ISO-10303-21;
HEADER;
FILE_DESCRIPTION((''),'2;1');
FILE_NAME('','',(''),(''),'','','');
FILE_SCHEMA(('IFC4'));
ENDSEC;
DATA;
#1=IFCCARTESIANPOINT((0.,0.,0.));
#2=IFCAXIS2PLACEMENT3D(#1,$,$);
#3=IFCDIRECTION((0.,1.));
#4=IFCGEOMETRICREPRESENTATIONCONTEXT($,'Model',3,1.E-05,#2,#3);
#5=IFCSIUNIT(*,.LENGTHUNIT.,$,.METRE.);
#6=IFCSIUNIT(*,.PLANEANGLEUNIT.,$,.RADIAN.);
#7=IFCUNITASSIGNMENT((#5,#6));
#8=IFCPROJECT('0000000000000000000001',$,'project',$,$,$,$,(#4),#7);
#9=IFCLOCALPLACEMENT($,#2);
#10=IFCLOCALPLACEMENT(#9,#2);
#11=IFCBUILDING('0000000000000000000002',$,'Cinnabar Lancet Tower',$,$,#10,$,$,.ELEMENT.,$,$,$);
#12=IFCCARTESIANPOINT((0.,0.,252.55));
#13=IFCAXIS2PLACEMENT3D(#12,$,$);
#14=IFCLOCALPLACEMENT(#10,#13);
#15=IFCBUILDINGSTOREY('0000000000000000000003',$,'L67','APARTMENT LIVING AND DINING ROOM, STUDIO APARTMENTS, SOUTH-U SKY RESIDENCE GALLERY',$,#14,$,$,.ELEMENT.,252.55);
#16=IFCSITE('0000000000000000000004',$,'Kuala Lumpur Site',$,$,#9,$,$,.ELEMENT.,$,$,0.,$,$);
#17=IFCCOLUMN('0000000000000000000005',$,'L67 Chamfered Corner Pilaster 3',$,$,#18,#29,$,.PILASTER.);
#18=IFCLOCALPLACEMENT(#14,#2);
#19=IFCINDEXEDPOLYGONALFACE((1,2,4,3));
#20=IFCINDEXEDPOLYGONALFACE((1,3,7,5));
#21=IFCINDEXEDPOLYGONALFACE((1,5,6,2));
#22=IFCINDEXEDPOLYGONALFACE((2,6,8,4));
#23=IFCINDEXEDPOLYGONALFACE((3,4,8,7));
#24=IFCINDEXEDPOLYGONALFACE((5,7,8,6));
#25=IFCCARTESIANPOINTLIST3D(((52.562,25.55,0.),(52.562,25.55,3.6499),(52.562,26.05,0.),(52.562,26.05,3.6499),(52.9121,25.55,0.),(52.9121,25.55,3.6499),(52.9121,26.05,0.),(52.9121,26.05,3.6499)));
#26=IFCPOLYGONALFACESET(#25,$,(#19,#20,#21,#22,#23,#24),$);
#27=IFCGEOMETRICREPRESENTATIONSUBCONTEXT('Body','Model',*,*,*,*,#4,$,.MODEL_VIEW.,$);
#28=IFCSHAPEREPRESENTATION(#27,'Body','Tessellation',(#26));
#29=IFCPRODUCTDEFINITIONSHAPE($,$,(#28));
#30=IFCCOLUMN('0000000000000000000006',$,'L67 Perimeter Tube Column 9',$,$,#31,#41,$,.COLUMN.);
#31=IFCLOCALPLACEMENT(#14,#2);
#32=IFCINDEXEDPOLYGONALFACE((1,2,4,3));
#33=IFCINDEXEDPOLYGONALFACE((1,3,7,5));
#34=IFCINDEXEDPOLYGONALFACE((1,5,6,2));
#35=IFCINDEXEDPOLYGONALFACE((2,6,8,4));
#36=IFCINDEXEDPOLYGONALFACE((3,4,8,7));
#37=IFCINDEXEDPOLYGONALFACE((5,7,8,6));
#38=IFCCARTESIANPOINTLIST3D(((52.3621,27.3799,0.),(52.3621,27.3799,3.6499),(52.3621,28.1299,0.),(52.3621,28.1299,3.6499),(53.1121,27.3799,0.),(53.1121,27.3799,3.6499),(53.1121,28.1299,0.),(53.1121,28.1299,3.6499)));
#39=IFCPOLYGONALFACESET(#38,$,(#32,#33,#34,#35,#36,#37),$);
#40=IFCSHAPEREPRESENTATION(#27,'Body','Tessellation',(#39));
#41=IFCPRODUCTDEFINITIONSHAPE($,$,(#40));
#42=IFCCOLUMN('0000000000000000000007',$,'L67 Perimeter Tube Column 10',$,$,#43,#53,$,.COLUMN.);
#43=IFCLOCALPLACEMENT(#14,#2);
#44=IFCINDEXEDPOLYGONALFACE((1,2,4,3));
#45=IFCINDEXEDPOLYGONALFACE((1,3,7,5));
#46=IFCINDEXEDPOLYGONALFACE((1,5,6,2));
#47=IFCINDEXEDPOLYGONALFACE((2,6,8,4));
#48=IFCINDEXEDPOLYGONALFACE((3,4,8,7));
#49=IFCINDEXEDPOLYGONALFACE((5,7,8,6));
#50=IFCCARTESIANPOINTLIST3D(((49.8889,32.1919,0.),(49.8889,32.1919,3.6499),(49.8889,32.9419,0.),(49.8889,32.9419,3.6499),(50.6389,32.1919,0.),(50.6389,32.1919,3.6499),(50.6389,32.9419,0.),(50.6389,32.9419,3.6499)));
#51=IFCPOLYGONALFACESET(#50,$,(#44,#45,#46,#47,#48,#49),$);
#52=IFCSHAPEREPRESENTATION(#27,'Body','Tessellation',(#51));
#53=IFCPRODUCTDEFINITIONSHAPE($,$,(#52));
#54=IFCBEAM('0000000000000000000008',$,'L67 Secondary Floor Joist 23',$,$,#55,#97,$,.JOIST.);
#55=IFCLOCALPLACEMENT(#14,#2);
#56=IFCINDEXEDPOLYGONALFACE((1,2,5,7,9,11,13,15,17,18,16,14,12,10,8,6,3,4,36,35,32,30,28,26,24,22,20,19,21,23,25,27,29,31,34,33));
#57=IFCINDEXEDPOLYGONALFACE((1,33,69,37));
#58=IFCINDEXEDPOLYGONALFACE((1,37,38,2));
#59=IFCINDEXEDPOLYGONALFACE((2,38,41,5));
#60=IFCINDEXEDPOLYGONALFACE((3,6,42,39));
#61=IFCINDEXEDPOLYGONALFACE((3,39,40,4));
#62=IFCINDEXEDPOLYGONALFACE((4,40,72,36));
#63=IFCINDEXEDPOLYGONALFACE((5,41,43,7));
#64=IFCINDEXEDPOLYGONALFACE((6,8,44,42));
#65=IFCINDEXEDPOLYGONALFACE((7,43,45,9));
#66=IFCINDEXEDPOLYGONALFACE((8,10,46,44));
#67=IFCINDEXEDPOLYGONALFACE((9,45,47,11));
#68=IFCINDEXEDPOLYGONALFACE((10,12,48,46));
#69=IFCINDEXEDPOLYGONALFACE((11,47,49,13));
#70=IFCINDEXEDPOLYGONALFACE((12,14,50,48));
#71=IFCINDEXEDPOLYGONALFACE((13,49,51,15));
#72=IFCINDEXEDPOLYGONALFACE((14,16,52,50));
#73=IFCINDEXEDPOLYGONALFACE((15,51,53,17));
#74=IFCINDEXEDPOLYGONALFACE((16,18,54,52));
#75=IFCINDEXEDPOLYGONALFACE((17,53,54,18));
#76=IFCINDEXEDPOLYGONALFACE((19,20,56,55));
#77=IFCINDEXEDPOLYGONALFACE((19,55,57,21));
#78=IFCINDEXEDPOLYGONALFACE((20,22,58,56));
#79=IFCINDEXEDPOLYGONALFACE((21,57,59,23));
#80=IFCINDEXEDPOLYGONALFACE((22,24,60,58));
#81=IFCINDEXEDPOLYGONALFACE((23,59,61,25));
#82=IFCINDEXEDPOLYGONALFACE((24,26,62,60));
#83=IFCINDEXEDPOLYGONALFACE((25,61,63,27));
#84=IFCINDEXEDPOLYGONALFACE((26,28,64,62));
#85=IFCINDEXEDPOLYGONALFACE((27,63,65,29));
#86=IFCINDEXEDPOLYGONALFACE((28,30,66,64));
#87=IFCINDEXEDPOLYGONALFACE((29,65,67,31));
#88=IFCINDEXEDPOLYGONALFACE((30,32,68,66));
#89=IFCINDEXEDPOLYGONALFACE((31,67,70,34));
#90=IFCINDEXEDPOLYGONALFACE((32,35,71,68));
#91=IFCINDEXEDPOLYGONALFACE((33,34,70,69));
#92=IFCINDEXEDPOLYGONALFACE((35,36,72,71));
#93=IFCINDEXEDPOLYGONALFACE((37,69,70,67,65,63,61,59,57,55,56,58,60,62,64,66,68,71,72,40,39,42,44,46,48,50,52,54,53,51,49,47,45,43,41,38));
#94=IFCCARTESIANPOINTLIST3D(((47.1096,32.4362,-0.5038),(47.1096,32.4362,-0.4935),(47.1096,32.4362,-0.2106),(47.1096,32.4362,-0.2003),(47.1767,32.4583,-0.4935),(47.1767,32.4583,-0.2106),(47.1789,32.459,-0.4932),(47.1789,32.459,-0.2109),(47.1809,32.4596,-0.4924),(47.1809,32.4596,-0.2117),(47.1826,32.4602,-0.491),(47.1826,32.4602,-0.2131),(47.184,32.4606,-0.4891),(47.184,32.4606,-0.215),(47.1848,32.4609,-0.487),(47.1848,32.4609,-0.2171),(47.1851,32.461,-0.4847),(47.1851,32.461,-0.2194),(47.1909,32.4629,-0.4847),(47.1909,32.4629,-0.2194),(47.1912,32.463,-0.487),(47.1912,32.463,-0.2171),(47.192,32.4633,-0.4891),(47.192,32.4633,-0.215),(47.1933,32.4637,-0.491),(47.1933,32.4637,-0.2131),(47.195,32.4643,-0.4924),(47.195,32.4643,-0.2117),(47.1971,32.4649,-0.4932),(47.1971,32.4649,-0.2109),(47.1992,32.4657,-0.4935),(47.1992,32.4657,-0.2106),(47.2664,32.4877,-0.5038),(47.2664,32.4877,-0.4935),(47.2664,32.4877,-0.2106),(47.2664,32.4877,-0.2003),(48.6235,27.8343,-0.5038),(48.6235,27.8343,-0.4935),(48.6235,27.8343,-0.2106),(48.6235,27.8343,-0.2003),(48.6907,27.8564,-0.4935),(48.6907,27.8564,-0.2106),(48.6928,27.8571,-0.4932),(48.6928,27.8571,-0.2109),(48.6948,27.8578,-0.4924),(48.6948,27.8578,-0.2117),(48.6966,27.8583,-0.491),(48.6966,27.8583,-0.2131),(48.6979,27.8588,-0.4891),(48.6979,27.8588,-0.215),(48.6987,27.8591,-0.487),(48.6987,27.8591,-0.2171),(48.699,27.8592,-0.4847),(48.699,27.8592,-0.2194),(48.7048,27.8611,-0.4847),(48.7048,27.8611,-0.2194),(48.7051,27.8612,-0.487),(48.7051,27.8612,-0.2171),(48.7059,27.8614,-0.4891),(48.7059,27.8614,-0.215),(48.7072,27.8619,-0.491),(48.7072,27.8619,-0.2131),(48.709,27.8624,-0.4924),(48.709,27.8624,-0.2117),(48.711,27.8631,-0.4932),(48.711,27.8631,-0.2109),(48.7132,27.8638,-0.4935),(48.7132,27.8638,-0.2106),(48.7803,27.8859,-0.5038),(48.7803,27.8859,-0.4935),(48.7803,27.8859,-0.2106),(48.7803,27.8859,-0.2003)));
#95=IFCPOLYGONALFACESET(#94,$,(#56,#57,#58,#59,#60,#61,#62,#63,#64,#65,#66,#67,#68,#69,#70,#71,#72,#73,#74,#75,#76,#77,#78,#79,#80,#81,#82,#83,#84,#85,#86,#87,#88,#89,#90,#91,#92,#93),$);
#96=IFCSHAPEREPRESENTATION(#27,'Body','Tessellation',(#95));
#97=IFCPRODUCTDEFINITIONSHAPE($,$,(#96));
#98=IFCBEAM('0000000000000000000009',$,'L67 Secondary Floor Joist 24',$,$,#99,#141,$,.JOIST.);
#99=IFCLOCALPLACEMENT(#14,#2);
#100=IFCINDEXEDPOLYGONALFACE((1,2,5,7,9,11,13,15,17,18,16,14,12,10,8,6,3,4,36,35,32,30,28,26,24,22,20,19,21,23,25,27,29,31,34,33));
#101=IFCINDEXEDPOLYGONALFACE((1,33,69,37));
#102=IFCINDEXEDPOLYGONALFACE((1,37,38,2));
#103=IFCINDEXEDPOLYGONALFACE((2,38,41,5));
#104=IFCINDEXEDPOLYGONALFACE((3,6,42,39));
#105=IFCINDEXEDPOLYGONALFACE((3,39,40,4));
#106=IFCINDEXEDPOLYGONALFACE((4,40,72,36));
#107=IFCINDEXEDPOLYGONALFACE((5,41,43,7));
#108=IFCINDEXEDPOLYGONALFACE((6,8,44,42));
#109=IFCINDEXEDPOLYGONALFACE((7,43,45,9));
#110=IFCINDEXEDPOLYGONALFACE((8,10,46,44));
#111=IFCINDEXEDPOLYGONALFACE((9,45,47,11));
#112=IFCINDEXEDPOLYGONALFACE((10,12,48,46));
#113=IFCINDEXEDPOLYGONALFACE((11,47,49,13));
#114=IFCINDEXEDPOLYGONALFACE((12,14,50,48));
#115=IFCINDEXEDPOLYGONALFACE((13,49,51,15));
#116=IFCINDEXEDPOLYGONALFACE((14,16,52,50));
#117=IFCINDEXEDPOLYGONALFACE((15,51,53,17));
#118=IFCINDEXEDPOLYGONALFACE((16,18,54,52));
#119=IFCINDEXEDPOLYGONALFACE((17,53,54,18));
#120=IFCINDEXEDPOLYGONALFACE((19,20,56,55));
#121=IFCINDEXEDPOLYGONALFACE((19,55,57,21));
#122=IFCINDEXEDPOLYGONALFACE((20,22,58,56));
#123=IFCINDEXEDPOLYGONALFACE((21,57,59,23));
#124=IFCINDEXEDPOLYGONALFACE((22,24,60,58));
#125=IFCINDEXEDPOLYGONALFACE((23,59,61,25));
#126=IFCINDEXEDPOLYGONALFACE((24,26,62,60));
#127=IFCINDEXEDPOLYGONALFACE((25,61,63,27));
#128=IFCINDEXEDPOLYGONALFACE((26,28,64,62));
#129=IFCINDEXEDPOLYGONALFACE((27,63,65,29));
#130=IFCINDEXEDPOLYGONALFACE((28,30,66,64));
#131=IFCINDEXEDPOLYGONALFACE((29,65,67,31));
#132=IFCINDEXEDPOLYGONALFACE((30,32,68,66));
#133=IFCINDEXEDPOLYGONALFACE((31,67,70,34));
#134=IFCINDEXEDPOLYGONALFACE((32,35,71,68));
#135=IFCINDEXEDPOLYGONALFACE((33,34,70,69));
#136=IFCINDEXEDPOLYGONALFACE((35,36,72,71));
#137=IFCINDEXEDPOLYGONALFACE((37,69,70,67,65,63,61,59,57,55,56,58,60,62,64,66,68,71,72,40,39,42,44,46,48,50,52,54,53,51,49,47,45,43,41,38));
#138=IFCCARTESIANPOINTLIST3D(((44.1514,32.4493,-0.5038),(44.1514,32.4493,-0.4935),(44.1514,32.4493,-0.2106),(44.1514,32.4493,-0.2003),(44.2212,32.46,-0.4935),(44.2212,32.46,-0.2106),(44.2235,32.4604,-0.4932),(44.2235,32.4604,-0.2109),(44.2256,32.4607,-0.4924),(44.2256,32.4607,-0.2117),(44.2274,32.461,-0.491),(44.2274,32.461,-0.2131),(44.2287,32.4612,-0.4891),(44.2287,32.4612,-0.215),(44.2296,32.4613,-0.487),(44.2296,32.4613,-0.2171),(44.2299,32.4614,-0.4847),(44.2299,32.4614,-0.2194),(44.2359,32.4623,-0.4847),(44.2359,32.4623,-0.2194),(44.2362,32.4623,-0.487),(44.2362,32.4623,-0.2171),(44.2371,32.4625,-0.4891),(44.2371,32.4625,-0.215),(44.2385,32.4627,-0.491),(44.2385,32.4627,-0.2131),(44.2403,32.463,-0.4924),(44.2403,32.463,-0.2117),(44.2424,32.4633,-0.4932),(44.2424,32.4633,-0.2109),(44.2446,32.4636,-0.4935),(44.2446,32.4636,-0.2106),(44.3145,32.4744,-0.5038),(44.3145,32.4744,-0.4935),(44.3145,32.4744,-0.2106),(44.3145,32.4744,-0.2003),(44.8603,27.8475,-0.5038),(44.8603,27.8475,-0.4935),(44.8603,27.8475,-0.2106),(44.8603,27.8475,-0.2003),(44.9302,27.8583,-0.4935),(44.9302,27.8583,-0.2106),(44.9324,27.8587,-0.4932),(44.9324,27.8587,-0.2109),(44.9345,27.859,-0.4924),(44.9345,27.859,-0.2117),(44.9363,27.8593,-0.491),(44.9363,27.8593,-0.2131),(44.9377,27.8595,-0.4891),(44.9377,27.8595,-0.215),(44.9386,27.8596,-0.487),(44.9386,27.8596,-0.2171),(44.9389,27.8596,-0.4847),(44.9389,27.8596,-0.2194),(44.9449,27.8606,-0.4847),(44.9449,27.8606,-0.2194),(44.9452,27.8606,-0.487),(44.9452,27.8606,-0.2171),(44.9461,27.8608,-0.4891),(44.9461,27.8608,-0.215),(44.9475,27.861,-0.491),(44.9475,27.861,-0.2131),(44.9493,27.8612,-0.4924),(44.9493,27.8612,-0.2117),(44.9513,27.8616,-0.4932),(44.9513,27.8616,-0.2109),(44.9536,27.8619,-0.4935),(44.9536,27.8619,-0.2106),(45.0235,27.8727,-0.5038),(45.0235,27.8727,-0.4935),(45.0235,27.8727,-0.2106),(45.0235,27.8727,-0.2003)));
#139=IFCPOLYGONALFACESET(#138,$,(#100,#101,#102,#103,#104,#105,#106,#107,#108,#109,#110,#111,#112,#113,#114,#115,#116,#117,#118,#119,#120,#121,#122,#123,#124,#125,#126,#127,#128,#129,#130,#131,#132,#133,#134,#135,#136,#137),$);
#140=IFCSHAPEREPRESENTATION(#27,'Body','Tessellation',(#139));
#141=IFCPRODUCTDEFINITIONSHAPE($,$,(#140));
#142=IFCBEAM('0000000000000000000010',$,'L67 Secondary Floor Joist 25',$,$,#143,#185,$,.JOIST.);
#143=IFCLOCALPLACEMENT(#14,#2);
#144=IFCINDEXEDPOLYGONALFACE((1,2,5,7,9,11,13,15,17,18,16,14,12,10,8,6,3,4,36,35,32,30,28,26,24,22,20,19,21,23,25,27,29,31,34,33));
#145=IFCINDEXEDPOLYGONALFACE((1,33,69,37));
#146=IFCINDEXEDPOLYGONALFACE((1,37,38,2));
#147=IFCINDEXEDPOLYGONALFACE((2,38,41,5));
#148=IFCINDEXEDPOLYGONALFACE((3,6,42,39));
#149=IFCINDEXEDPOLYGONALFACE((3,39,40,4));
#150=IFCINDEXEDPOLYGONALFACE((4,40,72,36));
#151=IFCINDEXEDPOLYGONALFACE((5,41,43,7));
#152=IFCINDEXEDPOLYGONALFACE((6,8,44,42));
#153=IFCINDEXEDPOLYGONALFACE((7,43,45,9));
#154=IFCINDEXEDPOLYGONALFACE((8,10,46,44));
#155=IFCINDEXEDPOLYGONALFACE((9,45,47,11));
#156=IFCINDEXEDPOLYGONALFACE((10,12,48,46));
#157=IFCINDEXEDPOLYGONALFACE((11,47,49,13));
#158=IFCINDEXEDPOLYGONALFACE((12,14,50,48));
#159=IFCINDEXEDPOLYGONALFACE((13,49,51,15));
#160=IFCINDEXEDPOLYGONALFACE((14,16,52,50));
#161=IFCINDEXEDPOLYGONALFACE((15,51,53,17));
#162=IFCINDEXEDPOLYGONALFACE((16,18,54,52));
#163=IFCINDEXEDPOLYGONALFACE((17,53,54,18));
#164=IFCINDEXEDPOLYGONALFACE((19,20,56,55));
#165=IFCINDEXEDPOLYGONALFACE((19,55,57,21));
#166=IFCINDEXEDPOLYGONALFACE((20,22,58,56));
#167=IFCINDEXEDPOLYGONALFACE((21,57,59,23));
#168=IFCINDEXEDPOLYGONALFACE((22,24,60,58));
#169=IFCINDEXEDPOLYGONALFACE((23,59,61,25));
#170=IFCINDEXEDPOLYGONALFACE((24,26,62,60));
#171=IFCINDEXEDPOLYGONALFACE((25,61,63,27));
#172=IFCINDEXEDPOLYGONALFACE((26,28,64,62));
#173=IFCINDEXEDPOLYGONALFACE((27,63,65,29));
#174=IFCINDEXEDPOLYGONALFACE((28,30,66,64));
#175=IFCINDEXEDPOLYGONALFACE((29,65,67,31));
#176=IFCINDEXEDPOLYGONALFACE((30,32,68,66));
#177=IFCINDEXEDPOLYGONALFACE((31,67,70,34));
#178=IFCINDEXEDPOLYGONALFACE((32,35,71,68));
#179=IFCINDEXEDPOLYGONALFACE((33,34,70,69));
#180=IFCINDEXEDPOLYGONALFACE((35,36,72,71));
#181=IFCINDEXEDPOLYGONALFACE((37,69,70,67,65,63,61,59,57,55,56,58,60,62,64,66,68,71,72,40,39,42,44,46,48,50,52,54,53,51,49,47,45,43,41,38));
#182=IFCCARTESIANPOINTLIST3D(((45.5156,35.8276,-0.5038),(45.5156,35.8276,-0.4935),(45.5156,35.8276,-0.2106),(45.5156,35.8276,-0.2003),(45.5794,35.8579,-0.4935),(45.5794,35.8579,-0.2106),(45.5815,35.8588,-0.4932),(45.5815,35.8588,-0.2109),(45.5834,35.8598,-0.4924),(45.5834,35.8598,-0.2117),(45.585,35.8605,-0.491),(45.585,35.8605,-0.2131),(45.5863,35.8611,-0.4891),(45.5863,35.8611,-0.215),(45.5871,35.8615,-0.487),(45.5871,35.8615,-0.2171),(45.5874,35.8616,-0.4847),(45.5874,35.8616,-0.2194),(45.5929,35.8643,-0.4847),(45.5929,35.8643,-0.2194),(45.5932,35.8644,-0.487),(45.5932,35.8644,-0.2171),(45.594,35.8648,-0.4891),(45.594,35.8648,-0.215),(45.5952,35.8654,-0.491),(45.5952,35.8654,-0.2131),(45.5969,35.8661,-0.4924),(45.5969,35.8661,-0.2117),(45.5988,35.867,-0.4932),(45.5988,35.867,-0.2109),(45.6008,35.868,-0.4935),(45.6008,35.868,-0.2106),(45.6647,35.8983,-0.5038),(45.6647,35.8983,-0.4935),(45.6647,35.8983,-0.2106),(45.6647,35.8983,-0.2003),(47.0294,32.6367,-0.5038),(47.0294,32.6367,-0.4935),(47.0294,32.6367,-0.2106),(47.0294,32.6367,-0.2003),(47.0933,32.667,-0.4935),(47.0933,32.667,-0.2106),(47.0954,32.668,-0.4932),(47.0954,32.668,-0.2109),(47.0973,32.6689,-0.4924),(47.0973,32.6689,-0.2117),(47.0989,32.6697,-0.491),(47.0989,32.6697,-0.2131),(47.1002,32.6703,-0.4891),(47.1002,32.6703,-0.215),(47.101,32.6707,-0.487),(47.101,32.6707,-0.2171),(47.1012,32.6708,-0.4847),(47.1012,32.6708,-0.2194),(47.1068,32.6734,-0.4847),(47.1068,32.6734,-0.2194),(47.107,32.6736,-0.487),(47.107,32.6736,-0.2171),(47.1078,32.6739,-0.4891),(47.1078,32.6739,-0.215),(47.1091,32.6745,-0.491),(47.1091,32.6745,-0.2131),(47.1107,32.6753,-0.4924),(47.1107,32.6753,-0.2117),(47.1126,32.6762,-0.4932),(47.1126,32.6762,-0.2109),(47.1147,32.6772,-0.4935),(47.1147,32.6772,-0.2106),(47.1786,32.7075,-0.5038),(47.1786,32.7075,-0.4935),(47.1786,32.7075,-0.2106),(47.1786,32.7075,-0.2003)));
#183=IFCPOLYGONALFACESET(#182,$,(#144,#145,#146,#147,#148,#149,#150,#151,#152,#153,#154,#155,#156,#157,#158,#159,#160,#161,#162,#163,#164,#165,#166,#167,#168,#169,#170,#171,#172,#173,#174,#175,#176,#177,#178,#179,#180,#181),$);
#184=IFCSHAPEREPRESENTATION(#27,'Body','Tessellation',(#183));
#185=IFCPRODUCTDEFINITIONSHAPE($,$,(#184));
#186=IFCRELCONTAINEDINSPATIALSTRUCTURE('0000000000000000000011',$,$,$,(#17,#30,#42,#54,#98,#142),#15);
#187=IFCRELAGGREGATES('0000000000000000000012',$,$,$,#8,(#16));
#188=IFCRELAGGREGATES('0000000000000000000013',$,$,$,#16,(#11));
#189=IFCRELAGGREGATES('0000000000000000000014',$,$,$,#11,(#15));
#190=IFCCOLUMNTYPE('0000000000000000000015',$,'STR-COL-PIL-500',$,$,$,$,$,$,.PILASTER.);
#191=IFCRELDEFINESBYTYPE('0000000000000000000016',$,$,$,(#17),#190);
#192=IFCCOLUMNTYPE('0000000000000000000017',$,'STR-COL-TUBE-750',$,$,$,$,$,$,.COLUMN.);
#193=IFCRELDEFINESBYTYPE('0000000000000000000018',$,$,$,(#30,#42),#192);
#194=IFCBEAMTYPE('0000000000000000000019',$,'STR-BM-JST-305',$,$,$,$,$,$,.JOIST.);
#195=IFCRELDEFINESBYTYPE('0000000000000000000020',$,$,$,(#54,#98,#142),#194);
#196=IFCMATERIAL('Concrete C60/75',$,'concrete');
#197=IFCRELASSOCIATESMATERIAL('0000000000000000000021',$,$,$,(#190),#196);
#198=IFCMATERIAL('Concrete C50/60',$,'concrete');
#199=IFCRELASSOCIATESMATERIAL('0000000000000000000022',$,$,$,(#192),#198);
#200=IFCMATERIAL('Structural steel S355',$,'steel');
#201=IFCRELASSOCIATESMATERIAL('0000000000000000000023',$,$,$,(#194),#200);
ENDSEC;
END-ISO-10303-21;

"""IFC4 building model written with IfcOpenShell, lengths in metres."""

from ifc_helpers import new_model, si_unit, direction, frame, origin, origin_2d, place, context, subcontext, project, spatial, rectangle, i_section, extrude, material, material_profile, profile_set, type_object, element, save


model = new_model("IFC4")

# Units and contexts
model_context = context("Model", 3, precision=1e-05, world=origin(), true_north=direction((0.0, 1.0)))
body_context = subcontext(model_context, "Body", "Model", "MODEL_VIEW")
ifc_project = project(units=[si_unit("LENGTHUNIT", "METRE"), si_unit("PLANEANGLEUNIT", "RADIAN")], contexts=[model_context])

# Site, building, storey
site_placement = place(None, origin())
site = spatial("IfcSite", under=ifc_project, at=site_placement, Name="Kuala Lumpur Site", CompositionType="ELEMENT", RefElevation=0.0)
building_placement = place(site_placement, origin())
building = spatial("IfcBuilding", under=site, at=building_placement, Name="Cinnabar Lancet Tower", CompositionType="ELEMENT")
storey_placement = place(building_placement, frame((0.0, 0.0, 252.55)))
storey = spatial("IfcBuildingStorey", under=building, at=storey_placement, Name="L67", Description="APARTMENT LIVING AND DINING ROOM, STUDIO APARTMENTS, SOUTH-U SKY RESIDENCE GALLERY", CompositionType="ELEMENT", Elevation=252.55)

# Columns
ifc_material_1 = material(Name="Concrete C60/75", Category="concrete")
ifc_material_profile_1 = material_profile(ifc_material_1, rectangle(XDim=0.5, YDim=0.3501, at=origin_2d()), Name="RC-PIL 500x350")
ifc_profile_set_1 = profile_set([ifc_material_profile_1], Name="Concrete C60/75")
column_type_1 = type_object("IfcColumnType", Name="STR-COL-PIL-500", PredefinedType="PILASTER", material=ifc_profile_set_1)
column_placement = place(storey_placement, frame((52.7371, 25.8, 0.0), z_axis=(0.0, 0.0, 1.0), x_axis=(0.0, 1.0, 0.0)))
element("IfcColumn", 1, at=column_placement, inside=storey, type_object=column_type_1, Name="L67 Chamfered Corner Pilaster 3", PredefinedType="PILASTER", context=body_context, shape_type="SweptSolid", body=[
    extrude(rectangle(XDim=0.5, YDim=0.3501, at=origin_2d()), origin(), (0.0, 0.0, 1.0), 3.6499),
])
ifc_material_2 = material(Name="Concrete C50/60", Category="concrete")
ifc_material_profile_2 = material_profile(ifc_material_2, rectangle(XDim=0.75, YDim=0.75, at=origin_2d()), Name="RC-COL 750x750")
ifc_profile_set_2 = profile_set([ifc_material_profile_2], Name="Concrete C50/60")
column_type_2 = type_object("IfcColumnType", Name="STR-COL-TUBE-750", PredefinedType="COLUMN", material=ifc_profile_set_2)
for number, where, z_axis, x_axis, name in (
    (2, (52.7371, 27.7549, 0.0), (0.0, 0.0, 1.0), (1.0, 0.0, 0.0), "L67 Perimeter Tube Column 9"),
    (3, (50.2639, 32.5669, 0.0), (0.0, 0.0, 1.0), (1.0, 0.0, 0.0), "L67 Perimeter Tube Column 10"),
):
    element("IfcColumn", number, at=place(storey_placement, frame(where, z_axis=z_axis, x_axis=x_axis)), inside=storey, type_object=column_type_2, Name=name, PredefinedType="COLUMN", context=body_context, shape_type="SweptSolid", body=[
        extrude(rectangle(XDim=0.75, YDim=0.75, at=origin_2d()), origin(), (0.0, 0.0, 1.0), 3.6499),
    ])

# Beams
ifc_material_3 = material(Name="Structural steel S355", Category="steel")
ifc_material_profile_3 = material_profile(ifc_material_3, i_section(OverallWidth=0.165, OverallDepth=0.3035, WebThickness=0.0061, FlangeThickness=0.0103, FilletRadius=0.0088, at=origin_2d()), Name="UKB 305x165x40")
ifc_profile_set_3 = profile_set([ifc_material_profile_3], Name="Structural steel S355")
beam_type_1 = type_object("IfcBeamType", Name="STR-BM-JST-305", PredefinedType="JOIST", material=ifc_profile_set_3)
beam_1_placement = place(storey_placement, frame((48.7019, 27.8601, -0.3521), z_axis=(-0.312506, 0.949916, 0.0), x_axis=(-0.949916, -0.312506, 0.0)))
element("IfcBeam", 4, at=beam_1_placement, inside=storey, type_object=beam_type_1, Name="L67 Secondary Floor Joist 23", PredefinedType="JOIST", context=body_context, shape_type="SweptSolid", body=[
    extrude(i_section(OverallWidth=0.165, OverallDepth=0.3035, WebThickness=0.0061, FlangeThickness=0.0103, FilletRadius=0.0088, at=origin_2d()), origin(), (0.0, 0.0, 1.0), 4.8445),
])
beam_2_placement = place(storey_placement, frame((44.9419, 27.8601, -0.3521), z_axis=(-0.15227, 0.988339, 0.0), x_axis=(-0.988339, -0.15227, 0.0)))
element("IfcBeam", 5, at=beam_2_placement, inside=storey, type_object=beam_type_1, Name="L67 Secondary Floor Joist 24", PredefinedType="JOIST", context=body_context, shape_type="SweptSolid", body=[
    extrude(i_section(OverallWidth=0.165, OverallDepth=0.3035, WebThickness=0.0061, FlangeThickness=0.0103, FilletRadius=0.0088, at=origin_2d()), origin(), (0.0, 0.0, 1.0), 4.656),
])
beam_3_placement = place(storey_placement, frame((47.104, 32.6721, -0.3521), z_axis=(-0.428648, 0.903472, 0.0), x_axis=(-0.903472, -0.428648, 0.0)))
element("IfcBeam", 6, at=beam_3_placement, inside=storey, type_object=beam_type_1, Name="L67 Secondary Floor Joist 25", PredefinedType="JOIST", context=body_context, shape_type="SweptSolid", body=[
    extrude(i_section(OverallWidth=0.165, OverallDepth=0.3035, WebThickness=0.0061, FlangeThickness=0.0103, FilletRadius=0.0088, at=origin_2d()), origin(), (0.0, 0.0, 1.0), 3.5317),
])

save(model, "model.ifc")
